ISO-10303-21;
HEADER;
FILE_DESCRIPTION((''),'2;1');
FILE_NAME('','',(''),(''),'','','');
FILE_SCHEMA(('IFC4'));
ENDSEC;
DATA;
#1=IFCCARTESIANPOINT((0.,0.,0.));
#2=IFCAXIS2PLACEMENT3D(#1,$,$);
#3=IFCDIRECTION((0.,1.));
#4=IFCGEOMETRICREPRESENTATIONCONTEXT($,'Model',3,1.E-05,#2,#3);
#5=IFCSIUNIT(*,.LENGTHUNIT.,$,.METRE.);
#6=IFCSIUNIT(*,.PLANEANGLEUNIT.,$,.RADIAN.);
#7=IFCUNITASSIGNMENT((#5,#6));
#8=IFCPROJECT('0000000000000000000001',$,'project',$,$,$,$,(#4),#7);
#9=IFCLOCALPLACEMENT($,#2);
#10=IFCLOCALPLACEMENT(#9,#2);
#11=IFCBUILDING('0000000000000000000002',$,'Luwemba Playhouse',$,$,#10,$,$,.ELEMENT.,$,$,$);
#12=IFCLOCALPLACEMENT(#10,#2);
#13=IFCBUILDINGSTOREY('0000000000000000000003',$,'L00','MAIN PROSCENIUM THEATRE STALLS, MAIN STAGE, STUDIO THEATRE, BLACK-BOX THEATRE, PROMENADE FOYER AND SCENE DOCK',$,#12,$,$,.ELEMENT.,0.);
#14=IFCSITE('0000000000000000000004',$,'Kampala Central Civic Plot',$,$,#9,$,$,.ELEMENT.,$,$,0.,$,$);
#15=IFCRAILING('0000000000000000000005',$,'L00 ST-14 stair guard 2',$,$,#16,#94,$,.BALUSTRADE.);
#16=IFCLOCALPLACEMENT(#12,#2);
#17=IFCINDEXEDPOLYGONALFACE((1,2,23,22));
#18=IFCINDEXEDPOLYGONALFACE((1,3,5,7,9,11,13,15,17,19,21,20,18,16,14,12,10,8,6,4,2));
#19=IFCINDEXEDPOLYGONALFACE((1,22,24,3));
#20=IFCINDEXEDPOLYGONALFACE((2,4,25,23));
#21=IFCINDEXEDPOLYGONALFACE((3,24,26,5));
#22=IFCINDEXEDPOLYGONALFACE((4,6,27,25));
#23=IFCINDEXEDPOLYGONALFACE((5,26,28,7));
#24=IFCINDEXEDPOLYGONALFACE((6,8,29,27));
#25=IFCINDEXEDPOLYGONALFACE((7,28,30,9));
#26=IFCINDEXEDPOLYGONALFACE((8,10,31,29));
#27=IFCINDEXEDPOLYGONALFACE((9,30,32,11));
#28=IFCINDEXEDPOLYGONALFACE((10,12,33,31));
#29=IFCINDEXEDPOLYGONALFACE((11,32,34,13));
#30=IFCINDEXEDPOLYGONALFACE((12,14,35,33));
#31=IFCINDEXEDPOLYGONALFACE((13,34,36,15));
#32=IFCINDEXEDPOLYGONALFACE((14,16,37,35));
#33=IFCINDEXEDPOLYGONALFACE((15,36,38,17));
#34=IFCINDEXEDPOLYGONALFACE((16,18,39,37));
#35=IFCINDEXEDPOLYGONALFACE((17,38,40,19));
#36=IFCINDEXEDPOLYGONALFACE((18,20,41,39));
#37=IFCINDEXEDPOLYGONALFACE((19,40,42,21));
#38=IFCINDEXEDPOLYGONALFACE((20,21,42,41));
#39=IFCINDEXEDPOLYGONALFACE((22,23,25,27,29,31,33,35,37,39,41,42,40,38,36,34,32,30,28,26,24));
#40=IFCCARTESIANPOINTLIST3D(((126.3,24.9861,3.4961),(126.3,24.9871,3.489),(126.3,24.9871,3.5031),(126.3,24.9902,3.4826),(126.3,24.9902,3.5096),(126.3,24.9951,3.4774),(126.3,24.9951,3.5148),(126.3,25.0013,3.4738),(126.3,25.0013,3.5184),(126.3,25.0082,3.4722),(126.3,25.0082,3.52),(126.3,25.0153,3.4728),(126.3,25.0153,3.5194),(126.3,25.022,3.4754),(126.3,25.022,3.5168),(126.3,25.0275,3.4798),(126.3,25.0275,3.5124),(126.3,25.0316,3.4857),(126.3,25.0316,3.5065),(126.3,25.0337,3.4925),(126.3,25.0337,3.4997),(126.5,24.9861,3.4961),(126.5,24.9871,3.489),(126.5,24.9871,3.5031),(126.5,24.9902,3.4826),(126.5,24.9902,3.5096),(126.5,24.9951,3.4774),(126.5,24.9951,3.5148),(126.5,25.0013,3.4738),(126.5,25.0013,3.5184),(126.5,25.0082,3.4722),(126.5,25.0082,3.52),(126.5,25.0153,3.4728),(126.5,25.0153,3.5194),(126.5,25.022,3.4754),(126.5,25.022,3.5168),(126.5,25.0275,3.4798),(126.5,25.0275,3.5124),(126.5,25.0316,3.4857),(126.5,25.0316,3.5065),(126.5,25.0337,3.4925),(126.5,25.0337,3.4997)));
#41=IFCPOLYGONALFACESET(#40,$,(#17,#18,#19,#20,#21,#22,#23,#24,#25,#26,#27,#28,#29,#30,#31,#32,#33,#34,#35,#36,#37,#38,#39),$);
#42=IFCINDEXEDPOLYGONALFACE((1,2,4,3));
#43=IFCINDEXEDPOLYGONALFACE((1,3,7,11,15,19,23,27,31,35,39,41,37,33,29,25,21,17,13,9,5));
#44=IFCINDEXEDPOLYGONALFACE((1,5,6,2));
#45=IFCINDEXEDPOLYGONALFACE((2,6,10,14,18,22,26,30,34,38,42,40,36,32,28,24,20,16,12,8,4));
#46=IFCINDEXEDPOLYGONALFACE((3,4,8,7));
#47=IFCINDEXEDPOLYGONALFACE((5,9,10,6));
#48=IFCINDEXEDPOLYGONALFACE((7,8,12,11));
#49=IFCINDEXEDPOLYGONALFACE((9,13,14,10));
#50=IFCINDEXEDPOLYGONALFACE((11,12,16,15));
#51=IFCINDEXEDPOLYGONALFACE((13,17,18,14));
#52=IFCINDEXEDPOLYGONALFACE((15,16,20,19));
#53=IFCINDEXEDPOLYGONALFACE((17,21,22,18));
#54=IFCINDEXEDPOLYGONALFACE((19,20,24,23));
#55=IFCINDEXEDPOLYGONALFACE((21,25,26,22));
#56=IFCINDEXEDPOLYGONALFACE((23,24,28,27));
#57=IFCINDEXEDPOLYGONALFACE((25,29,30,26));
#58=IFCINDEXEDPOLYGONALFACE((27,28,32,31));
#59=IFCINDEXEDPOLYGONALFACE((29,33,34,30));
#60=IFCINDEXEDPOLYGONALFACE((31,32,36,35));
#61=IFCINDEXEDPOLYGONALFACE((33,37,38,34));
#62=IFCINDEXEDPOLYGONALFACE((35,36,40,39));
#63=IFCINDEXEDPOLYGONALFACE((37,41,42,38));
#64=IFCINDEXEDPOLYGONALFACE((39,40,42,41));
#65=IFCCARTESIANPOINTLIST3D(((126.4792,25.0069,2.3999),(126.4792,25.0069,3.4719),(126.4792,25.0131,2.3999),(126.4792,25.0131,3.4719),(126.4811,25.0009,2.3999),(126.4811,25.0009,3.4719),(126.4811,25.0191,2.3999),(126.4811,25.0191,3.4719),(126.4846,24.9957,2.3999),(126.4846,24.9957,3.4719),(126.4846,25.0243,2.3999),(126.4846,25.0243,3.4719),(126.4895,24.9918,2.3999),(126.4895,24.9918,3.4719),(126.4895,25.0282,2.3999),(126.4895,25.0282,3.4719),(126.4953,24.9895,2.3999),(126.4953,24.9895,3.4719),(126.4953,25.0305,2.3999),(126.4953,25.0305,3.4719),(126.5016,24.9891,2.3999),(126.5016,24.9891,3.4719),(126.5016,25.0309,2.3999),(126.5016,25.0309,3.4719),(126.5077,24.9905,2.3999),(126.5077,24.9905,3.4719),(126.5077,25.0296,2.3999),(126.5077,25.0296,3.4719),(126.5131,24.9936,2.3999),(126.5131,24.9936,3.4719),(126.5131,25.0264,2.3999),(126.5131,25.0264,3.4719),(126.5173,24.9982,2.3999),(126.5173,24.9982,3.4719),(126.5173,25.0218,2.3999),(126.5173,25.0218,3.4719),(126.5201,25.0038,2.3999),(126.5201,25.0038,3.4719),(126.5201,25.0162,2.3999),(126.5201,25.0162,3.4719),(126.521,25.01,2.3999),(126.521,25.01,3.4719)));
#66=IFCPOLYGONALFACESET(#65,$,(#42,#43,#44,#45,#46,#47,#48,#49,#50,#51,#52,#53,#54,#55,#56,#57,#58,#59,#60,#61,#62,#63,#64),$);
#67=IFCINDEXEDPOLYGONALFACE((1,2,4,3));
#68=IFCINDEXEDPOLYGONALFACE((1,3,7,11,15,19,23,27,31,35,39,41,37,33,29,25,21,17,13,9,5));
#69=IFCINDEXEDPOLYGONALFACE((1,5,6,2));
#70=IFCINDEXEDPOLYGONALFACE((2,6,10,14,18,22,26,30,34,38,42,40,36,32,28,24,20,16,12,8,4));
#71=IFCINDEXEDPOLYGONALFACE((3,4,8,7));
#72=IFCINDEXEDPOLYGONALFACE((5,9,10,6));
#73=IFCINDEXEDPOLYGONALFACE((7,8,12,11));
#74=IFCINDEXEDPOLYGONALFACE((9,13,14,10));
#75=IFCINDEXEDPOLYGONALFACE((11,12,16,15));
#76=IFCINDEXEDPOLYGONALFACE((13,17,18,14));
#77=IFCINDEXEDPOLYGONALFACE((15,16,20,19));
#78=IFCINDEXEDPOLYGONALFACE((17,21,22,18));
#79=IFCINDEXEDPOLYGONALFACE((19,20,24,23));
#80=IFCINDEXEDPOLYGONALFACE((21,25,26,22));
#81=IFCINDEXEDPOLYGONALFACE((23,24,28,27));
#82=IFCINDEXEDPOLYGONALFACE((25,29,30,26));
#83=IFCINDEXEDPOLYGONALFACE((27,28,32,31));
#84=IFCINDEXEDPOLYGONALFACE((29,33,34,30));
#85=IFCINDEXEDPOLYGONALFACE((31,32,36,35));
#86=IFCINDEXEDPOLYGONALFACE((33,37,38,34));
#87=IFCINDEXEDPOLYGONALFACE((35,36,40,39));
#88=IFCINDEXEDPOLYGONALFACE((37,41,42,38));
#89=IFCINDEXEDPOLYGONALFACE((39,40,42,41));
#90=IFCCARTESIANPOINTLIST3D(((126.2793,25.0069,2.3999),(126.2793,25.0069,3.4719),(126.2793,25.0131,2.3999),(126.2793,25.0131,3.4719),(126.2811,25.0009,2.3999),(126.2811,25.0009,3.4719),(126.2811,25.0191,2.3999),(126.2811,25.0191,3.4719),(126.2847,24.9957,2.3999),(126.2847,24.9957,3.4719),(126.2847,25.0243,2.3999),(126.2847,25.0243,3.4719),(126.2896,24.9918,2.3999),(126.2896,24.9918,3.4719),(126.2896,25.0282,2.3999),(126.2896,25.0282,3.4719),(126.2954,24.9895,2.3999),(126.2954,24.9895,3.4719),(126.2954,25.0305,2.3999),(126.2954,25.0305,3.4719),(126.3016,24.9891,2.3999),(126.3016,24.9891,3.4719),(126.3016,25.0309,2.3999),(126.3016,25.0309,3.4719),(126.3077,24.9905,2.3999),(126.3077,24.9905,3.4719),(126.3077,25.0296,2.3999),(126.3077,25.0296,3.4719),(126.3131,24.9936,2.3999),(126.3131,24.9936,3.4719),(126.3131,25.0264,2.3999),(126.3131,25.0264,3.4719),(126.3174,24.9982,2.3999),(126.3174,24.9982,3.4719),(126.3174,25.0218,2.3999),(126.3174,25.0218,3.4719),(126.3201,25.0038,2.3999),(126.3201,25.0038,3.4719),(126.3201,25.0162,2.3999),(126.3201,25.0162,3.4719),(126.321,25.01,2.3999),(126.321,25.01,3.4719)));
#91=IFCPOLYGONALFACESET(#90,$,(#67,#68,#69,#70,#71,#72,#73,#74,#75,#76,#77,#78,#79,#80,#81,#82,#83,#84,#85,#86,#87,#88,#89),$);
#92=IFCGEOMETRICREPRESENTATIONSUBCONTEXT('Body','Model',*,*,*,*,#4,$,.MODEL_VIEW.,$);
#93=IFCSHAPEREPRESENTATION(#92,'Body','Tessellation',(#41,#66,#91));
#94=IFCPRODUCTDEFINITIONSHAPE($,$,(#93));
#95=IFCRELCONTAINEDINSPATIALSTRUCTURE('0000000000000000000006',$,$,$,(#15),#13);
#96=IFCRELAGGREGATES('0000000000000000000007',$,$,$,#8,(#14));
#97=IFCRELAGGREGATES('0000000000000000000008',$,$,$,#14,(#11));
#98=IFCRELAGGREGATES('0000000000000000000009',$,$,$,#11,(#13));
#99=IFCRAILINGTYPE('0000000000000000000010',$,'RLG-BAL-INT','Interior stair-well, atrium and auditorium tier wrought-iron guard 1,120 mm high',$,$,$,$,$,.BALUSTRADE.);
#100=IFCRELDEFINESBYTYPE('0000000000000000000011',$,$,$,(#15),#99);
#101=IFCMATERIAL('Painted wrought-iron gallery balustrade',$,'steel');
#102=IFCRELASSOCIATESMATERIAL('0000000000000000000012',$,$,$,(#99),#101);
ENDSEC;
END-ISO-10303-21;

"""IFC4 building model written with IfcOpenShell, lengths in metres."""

from ifc_helpers import new_model, si_unit, direction, frame, origin, origin_2d, place, context, subcontext, project, spatial, circle, extrude, material, type_object, element, save


model = new_model("IFC4")

# Units and contexts
model_context = context("Model", 3, precision=1e-05, world=origin(), true_north=direction((0.0, 1.0)))
body_context = subcontext(model_context, "Body", "Model", "MODEL_VIEW")
ifc_project = project(units=[si_unit("LENGTHUNIT", "METRE"), si_unit("PLANEANGLEUNIT", "RADIAN")], contexts=[model_context])

# Site, building, storey
site_placement = place(None, origin())
site = spatial("IfcSite", under=ifc_project, at=site_placement, Name="Kampala Central Civic Plot", CompositionType="ELEMENT", RefElevation=0.0)
building_placement = place(site_placement, origin())
building = spatial("IfcBuilding", under=site, at=building_placement, Name="Luwemba Playhouse", CompositionType="ELEMENT")
storey_placement = place(building_placement, origin())
storey = spatial("IfcBuildingStorey", under=building, at=storey_placement, Name="L00", Description="MAIN PROSCENIUM THEATRE STALLS, MAIN STAGE, STUDIO THEATRE, BLACK-BOX THEATRE, PROMENADE FOYER AND SCENE DOCK", CompositionType="ELEMENT", Elevation=0.0)

# Railing
ifc_material_1 = material(Name="Painted wrought-iron gallery balustrade", Category="steel")
railing_type_1 = type_object("IfcRailingType", Name="RLG-BAL-INT", Description="Interior stair-well, atrium and auditorium tier wrought-iron guard 1,120 mm high", PredefinedType="BALUSTRADE", material=ifc_material_1)
railing_1_placement = place(storey_placement, frame((126.5, 25.01, 2.3999)))
element("IfcRailing", 1, at=railing_1_placement, inside=storey, type_object=railing_type_1, Name="L00 ST-14 stair guard 2", PredefinedType="BALUSTRADE", context=body_context, shape_type="SweptSolid", body=[
    extrude(circle(Radius=0.0239, at=origin_2d()), frame((0.0, 0.0, 1.0962), z_axis=(-1.0, 0.0, 0.0), x_axis=(0.0, -1.0, 0.0)), (0.0, 0.0, 1.0), 0.2),
    extrude(circle(Radius=0.021, at=origin_2d()), origin(), (0.0, 0.0, 1.0), 1.072),
    extrude(circle(Radius=0.021, at=origin_2d()), frame((-0.2, 0.0, 0.0)), (0.0, 0.0, 1.0), 1.072),
])

save(model, "model.ifc")
